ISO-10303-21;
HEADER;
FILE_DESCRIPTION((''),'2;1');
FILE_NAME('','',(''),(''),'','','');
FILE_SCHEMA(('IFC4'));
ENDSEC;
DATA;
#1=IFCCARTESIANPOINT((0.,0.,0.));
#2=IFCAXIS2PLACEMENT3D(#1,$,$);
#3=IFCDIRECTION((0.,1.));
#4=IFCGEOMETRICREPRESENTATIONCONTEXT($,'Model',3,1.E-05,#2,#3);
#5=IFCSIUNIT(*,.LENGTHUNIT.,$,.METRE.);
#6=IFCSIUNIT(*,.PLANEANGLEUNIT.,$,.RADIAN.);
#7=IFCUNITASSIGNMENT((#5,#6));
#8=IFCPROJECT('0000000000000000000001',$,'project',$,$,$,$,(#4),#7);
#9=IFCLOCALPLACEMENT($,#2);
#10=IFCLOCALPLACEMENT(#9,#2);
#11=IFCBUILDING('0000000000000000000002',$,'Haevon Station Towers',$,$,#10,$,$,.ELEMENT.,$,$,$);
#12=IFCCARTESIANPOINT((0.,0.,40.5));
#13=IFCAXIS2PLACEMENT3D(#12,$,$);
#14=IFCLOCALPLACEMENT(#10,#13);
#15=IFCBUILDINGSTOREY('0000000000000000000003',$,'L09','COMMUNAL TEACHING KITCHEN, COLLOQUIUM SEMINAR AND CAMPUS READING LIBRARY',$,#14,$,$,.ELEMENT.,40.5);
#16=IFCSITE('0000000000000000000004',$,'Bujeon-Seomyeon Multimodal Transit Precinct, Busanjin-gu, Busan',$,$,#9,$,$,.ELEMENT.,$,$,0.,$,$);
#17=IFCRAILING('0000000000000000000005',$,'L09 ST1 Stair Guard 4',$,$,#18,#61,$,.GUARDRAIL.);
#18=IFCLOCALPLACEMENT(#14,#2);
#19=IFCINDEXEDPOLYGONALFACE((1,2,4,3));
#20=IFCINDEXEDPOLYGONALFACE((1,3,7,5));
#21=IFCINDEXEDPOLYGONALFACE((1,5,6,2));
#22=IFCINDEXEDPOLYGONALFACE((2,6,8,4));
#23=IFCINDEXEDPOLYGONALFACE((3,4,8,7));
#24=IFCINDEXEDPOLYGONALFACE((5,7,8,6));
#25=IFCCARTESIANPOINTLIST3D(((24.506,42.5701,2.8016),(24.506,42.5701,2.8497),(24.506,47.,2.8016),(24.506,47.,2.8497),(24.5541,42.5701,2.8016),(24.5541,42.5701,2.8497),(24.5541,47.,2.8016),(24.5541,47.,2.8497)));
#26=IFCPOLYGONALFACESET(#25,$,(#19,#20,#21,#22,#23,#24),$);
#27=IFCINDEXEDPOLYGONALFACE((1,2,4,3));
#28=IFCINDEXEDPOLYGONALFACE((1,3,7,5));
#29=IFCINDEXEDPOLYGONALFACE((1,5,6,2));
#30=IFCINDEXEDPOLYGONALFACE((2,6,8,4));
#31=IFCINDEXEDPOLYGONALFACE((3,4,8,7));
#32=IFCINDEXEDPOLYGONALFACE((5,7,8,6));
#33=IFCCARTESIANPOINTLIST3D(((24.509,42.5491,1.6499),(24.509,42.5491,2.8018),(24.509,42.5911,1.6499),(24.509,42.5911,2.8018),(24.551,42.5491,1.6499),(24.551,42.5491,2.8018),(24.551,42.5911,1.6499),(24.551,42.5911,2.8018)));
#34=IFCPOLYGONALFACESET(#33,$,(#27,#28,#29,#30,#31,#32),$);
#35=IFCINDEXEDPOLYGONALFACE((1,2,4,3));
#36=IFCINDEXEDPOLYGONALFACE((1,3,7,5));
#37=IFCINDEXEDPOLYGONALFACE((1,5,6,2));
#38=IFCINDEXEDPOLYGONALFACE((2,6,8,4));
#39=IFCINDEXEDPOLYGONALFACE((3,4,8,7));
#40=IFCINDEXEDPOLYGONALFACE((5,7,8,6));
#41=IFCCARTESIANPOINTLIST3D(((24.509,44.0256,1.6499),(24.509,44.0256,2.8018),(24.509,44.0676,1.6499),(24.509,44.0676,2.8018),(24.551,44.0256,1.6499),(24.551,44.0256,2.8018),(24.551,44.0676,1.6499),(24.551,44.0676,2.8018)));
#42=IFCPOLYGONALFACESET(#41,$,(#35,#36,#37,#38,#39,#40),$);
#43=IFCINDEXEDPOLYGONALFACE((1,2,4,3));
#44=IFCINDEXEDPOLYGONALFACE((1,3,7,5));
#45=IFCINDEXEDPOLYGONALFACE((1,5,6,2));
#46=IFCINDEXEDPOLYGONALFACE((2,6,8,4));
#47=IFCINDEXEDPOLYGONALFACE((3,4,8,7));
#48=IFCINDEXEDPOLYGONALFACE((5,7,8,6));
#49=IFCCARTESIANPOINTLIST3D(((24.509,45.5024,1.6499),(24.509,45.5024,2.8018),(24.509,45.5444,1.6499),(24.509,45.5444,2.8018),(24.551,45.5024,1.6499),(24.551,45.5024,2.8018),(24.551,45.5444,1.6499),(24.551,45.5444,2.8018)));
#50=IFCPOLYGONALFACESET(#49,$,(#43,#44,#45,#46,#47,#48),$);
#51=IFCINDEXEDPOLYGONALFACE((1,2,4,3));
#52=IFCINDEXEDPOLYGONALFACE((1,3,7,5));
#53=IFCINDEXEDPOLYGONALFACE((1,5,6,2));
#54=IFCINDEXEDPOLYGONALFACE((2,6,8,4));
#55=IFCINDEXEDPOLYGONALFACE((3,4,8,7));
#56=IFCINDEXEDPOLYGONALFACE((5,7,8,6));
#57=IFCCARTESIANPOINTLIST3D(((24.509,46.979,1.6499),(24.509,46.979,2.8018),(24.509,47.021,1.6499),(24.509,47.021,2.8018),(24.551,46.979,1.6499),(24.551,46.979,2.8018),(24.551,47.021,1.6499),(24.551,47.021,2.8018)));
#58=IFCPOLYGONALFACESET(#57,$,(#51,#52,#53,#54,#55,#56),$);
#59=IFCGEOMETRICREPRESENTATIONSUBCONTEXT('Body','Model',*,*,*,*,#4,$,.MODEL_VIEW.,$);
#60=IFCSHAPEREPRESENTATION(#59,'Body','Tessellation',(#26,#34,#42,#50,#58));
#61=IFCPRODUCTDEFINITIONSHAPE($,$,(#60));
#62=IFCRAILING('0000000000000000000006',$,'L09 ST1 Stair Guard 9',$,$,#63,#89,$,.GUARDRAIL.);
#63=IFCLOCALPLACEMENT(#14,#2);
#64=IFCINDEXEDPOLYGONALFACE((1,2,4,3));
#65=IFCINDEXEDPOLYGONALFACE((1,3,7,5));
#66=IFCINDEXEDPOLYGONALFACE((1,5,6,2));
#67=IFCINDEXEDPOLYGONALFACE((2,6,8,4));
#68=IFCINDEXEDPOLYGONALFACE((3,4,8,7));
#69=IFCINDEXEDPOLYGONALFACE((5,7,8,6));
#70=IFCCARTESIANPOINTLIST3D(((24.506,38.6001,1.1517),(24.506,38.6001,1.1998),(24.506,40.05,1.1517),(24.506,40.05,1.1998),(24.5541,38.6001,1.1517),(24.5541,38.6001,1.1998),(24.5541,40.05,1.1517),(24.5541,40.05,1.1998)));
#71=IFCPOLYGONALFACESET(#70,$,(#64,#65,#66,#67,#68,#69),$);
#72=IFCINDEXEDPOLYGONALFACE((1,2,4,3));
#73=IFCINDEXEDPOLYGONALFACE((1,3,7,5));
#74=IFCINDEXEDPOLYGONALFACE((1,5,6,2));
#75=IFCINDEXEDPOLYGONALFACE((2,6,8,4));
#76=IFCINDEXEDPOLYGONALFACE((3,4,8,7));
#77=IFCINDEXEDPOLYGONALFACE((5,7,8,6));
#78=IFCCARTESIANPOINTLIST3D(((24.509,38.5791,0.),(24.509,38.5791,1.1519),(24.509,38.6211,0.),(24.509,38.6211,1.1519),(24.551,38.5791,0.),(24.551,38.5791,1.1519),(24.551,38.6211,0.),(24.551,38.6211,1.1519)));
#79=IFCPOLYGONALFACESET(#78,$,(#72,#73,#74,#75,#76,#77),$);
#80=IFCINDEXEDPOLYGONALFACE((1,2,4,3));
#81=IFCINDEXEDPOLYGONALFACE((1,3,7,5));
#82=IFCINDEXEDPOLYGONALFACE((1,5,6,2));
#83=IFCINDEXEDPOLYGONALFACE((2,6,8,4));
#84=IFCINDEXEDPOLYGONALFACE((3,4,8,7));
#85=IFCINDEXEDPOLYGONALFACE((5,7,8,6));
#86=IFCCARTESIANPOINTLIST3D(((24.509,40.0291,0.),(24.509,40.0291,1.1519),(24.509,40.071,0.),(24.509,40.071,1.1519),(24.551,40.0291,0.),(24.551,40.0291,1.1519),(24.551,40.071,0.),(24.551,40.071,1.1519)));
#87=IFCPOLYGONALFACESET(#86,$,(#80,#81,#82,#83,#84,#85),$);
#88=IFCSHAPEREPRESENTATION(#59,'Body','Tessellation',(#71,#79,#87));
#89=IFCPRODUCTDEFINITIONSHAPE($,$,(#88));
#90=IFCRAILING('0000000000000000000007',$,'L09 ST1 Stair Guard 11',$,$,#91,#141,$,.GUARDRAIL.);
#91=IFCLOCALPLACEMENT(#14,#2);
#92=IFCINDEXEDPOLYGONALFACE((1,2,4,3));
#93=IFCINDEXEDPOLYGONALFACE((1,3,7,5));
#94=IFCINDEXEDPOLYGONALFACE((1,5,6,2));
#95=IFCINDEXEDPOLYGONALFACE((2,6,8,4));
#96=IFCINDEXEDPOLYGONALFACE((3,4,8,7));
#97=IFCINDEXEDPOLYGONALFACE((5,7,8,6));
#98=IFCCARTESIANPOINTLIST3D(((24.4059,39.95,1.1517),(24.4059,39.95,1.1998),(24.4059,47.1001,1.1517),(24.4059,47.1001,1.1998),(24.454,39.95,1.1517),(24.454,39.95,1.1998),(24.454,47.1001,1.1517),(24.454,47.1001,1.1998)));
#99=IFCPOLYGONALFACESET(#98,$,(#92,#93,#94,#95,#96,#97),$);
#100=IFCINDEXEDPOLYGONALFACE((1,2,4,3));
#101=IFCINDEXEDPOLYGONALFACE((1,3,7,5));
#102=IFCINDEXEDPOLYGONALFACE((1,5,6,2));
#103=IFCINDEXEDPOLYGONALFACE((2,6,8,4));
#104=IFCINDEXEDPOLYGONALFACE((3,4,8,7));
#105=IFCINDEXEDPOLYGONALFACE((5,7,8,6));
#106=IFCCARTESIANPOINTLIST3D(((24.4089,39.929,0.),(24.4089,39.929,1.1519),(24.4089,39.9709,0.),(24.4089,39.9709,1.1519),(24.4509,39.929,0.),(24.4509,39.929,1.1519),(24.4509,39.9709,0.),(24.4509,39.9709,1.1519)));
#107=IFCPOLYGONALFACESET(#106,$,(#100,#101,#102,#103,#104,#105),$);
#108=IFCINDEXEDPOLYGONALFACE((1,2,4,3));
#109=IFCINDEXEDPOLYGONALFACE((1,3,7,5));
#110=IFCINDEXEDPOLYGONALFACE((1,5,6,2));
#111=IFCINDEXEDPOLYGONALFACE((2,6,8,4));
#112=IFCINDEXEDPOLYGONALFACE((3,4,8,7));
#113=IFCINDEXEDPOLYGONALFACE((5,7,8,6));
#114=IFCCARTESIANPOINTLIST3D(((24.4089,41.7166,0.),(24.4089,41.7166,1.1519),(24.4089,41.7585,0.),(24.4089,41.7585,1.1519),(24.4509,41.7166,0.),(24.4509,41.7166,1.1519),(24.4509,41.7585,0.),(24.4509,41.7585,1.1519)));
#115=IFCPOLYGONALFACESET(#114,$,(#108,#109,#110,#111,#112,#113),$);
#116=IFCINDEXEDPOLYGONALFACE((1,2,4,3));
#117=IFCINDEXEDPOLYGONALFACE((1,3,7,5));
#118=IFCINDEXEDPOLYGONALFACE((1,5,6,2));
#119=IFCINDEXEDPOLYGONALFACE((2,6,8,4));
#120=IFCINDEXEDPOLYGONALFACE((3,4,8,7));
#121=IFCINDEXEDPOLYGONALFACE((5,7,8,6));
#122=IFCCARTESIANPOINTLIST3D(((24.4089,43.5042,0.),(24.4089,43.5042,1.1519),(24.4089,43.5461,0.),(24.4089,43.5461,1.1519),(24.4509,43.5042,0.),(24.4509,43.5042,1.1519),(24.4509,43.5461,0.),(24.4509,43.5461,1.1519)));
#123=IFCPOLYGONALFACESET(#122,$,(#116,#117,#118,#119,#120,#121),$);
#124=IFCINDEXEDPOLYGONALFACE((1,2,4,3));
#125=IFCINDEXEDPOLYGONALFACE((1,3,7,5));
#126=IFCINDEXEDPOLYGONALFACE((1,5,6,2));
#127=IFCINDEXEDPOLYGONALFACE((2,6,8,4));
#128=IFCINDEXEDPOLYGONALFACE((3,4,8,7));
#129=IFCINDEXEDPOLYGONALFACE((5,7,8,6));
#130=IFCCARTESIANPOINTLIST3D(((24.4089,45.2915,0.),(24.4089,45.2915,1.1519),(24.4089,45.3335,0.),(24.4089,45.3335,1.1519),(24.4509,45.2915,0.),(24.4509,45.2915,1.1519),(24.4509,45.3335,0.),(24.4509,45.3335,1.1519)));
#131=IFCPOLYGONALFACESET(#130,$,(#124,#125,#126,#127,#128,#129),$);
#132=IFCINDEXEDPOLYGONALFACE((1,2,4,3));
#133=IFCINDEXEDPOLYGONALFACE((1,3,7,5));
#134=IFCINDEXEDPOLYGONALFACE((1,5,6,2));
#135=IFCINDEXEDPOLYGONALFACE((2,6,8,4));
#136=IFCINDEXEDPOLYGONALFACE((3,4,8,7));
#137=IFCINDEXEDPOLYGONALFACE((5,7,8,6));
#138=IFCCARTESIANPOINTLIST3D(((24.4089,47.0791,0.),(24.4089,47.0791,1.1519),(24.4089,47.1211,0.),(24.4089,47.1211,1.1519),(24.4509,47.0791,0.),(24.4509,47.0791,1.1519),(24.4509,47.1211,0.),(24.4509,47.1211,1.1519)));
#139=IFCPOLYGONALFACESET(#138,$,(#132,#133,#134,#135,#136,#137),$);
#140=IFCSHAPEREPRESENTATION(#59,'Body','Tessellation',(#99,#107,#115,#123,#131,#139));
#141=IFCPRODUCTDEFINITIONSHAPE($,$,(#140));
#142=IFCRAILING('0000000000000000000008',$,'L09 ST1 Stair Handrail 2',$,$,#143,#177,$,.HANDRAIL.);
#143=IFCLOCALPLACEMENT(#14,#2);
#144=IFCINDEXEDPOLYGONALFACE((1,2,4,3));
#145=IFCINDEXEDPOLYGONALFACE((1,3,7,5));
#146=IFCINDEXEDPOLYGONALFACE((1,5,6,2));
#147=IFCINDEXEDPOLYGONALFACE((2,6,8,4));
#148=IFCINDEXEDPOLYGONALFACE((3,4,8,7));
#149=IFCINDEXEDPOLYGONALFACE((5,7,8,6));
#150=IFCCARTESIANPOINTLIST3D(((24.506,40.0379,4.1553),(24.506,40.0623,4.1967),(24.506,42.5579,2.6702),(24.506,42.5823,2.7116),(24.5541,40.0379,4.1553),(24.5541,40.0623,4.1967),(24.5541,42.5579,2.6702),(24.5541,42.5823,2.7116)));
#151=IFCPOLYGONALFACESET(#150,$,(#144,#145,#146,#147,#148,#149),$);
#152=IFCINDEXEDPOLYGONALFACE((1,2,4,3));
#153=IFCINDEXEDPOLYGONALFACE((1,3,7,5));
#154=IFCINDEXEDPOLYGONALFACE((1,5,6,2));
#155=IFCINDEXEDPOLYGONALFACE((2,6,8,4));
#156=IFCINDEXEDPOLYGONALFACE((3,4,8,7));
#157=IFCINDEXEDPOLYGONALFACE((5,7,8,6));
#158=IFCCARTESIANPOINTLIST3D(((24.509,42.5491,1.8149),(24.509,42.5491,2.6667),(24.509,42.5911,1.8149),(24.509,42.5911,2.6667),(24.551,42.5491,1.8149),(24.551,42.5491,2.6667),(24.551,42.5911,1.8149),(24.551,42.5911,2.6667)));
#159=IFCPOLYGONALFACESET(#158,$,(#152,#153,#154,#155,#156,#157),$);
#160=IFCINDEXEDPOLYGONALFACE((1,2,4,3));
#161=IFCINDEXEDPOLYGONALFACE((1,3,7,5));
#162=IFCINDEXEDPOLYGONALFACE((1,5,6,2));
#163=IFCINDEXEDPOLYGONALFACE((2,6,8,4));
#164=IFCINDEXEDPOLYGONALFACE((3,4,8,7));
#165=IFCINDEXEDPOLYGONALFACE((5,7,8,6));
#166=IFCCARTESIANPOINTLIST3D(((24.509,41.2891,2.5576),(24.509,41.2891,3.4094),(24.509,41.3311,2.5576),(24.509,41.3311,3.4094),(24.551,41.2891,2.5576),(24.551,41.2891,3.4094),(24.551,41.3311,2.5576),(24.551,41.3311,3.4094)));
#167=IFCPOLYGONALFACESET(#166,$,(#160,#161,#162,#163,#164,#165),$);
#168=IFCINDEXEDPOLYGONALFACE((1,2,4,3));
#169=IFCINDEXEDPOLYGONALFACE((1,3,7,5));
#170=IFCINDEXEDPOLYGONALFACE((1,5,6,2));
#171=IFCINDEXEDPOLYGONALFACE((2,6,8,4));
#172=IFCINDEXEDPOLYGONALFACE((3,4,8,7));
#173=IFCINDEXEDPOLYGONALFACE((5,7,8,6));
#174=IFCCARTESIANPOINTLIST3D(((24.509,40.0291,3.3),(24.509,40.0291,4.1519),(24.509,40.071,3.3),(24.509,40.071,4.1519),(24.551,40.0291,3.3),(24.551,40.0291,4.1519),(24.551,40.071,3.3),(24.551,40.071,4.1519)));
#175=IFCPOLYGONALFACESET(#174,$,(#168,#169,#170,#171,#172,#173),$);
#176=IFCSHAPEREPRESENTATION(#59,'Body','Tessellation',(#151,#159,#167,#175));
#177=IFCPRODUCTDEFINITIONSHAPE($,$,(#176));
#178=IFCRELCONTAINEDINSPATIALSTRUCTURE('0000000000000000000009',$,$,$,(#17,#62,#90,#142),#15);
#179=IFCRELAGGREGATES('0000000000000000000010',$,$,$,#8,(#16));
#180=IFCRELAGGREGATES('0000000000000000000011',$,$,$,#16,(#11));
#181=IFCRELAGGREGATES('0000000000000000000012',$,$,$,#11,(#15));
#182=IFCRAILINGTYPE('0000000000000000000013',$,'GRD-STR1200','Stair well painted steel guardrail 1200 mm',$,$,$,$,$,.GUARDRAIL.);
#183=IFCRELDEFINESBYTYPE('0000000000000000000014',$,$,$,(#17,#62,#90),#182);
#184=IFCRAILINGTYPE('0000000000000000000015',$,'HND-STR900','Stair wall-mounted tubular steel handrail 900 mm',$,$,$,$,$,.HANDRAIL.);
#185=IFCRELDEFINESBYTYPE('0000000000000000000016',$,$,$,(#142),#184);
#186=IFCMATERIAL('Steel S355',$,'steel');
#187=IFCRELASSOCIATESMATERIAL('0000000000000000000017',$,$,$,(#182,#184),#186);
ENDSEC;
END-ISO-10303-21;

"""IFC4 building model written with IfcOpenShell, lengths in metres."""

from ifc_helpers import new_model, si_unit, direction, frame, origin, origin_2d, place, context, subcontext, project, spatial, rectangle, extrude, material, type_object, element, save


model = new_model("IFC4")

# Units and contexts
model_context = context("Model", 3, precision=1e-05, world=origin(), true_north=direction((0.0, 1.0)))
body_context = subcontext(model_context, "Body", "Model", "MODEL_VIEW")
ifc_project = project(units=[si_unit("LENGTHUNIT", "METRE"), si_unit("PLANEANGLEUNIT", "RADIAN")], contexts=[model_context])

# Site, building, storey
site_placement = place(None, origin())
site = spatial("IfcSite", under=ifc_project, at=site_placement, Name="Bujeon-Seomyeon Multimodal Transit Precinct, Busanjin-gu, Busan", CompositionType="ELEMENT", RefElevation=0.0)
building_placement = place(site_placement, origin())
building = spatial("IfcBuilding", under=site, at=building_placement, Name="Haevon Station Towers", CompositionType="ELEMENT")
storey_placement = place(building_placement, frame((0.0, 0.0, 40.5)))
storey = spatial("IfcBuildingStorey", under=building, at=storey_placement, Name="L09", Description="COMMUNAL TEACHING KITCHEN, COLLOQUIUM SEMINAR AND CAMPUS READING LIBRARY", CompositionType="ELEMENT", Elevation=40.5)

# Shared definitions
ifc_material_1 = material(Name="Steel S355", Category="steel")

# Railings
railing_type_1 = type_object("IfcRailingType", Name="GRD-STR1200", Description="Stair well painted steel guardrail 1200 mm", PredefinedType="GUARDRAIL", material=ifc_material_1)
railing_1_placement = place(storey_placement, frame((24.53, 42.5701, 1.6499)))
element("IfcRailing", 1, at=railing_1_placement, inside=storey, type_object=railing_type_1, Name="L09 ST1 Stair Guard 4", PredefinedType="GUARDRAIL", context=body_context, shape_type="SweptSolid", body=[
    extrude(rectangle(XDim=0.0481, YDim=0.0481, at=origin_2d()), frame((0.0, 0.0, 1.1758), z_axis=(0.0, 1.0, 0.0), x_axis=(-1.0, 0.0, 0.0)), (0.0, 0.0, 1.0), 4.4299),
    extrude(rectangle(XDim=0.042, YDim=0.042, at=origin_2d()), origin(), (0.0, 0.0, 1.0), 1.1519),
    extrude(rectangle(XDim=0.042, YDim=0.042, at=origin_2d()), frame((0.0, 1.4766, 0.0)), (0.0, 0.0, 1.0), 1.1519),
    extrude(rectangle(XDim=0.042, YDim=0.042, at=origin_2d()), frame((0.0, 2.9534, 0.0)), (0.0, 0.0, 1.0), 1.1519),
    extrude(rectangle(XDim=0.042, YDim=0.042, at=origin_2d()), frame((0.0, 4.4299, 0.0)), (0.0, 0.0, 1.0), 1.1519),
])
railing_2_placement = place(storey_placement, frame((24.53, 38.6001, 0.0)))
element("IfcRailing", 2, at=railing_2_placement, inside=storey, type_object=railing_type_1, Name="L09 ST1 Stair Guard 9", PredefinedType="GUARDRAIL", context=body_context, shape_type="SweptSolid", body=[
    extrude(rectangle(XDim=0.0481, YDim=0.0481, at=origin_2d()), frame((0.0, 0.0, 1.1758), z_axis=(0.0, 1.0, 0.0), x_axis=(-1.0, 0.0, 0.0)), (0.0, 0.0, 1.0), 1.45),
    extrude(rectangle(XDim=0.042, YDim=0.042, at=origin_2d()), origin(), (0.0, 0.0, 1.0), 1.1519),
    extrude(rectangle(XDim=0.042, YDim=0.042, at=origin_2d()), frame((0.0, 1.45, 0.0)), (0.0, 0.0, 1.0), 1.1519),
])
railing_3_placement = place(storey_placement, frame((24.4299, 39.95, 0.0)))
element("IfcRailing", 3, at=railing_3_placement, inside=storey, type_object=railing_type_1, Name="L09 ST1 Stair Guard 11", PredefinedType="GUARDRAIL", context=body_context, shape_type="SweptSolid", body=[
    extrude(rectangle(XDim=0.0481, YDim=0.0481, at=origin_2d()), frame((0.0, 0.0, 1.1758), z_axis=(0.0, 1.0, 0.0), x_axis=(-1.0, 0.0, 0.0)), (0.0, 0.0, 1.0), 7.1501),
    extrude(rectangle(XDim=0.042, YDim=0.042, at=origin_2d()), origin(), (0.0, 0.0, 1.0), 1.1519),
    extrude(rectangle(XDim=0.042, YDim=0.042, at=origin_2d()), frame((0.0, 1.7876, 0.0)), (0.0, 0.0, 1.0), 1.1519),
    extrude(rectangle(XDim=0.042, YDim=0.042, at=origin_2d()), frame((0.0, 3.5752, 0.0)), (0.0, 0.0, 1.0), 1.1519),
    extrude(rectangle(XDim=0.042, YDim=0.042, at=origin_2d()), frame((0.0, 5.3625, 0.0)), (0.0, 0.0, 1.0), 1.1519),
    extrude(rectangle(XDim=0.042, YDim=0.042, at=origin_2d()), frame((0.0, 7.1501, 0.0)), (0.0, 0.0, 1.0), 1.1519),
])
railing_type_2 = type_object("IfcRailingType", Name="HND-STR900", Description="Stair wall-mounted tubular steel handrail 900 mm", PredefinedType="HANDRAIL", material=ifc_material_1)
railing_4_placement = place(storey_placement, frame((24.53, 42.5701, 1.8149)))
element("IfcRailing", 4, at=railing_4_placement, inside=storey, type_object=railing_type_2, Name="L09 ST1 Stair Handrail 2", PredefinedType="HANDRAIL", context=body_context, shape_type="SweptSolid", body=[
    extrude(rectangle(XDim=0.0481, YDim=0.0481, at=origin_2d()), frame((0.0, 0.0, 0.876), z_axis=(0.0, -0.861524, 0.507717), x_axis=(1.0, 0.0, 0.0)), (0.0, 0.0, 1.0), 2.925),
    extrude(rectangle(XDim=0.042, YDim=0.042, at=origin_2d()), origin(), (0.0, 0.0, 1.0), 0.8518),
    extrude(rectangle(XDim=0.042, YDim=0.042, at=origin_2d()), frame((0.0, -1.26, 0.7427)), (0.0, 0.0, 1.0), 0.8518),
    extrude(rectangle(XDim=0.042, YDim=0.042, at=origin_2d()), frame((0.0, -2.52, 1.4851)), (0.0, 0.0, 1.0), 0.8518),
])

save(model, "model.ifc")
